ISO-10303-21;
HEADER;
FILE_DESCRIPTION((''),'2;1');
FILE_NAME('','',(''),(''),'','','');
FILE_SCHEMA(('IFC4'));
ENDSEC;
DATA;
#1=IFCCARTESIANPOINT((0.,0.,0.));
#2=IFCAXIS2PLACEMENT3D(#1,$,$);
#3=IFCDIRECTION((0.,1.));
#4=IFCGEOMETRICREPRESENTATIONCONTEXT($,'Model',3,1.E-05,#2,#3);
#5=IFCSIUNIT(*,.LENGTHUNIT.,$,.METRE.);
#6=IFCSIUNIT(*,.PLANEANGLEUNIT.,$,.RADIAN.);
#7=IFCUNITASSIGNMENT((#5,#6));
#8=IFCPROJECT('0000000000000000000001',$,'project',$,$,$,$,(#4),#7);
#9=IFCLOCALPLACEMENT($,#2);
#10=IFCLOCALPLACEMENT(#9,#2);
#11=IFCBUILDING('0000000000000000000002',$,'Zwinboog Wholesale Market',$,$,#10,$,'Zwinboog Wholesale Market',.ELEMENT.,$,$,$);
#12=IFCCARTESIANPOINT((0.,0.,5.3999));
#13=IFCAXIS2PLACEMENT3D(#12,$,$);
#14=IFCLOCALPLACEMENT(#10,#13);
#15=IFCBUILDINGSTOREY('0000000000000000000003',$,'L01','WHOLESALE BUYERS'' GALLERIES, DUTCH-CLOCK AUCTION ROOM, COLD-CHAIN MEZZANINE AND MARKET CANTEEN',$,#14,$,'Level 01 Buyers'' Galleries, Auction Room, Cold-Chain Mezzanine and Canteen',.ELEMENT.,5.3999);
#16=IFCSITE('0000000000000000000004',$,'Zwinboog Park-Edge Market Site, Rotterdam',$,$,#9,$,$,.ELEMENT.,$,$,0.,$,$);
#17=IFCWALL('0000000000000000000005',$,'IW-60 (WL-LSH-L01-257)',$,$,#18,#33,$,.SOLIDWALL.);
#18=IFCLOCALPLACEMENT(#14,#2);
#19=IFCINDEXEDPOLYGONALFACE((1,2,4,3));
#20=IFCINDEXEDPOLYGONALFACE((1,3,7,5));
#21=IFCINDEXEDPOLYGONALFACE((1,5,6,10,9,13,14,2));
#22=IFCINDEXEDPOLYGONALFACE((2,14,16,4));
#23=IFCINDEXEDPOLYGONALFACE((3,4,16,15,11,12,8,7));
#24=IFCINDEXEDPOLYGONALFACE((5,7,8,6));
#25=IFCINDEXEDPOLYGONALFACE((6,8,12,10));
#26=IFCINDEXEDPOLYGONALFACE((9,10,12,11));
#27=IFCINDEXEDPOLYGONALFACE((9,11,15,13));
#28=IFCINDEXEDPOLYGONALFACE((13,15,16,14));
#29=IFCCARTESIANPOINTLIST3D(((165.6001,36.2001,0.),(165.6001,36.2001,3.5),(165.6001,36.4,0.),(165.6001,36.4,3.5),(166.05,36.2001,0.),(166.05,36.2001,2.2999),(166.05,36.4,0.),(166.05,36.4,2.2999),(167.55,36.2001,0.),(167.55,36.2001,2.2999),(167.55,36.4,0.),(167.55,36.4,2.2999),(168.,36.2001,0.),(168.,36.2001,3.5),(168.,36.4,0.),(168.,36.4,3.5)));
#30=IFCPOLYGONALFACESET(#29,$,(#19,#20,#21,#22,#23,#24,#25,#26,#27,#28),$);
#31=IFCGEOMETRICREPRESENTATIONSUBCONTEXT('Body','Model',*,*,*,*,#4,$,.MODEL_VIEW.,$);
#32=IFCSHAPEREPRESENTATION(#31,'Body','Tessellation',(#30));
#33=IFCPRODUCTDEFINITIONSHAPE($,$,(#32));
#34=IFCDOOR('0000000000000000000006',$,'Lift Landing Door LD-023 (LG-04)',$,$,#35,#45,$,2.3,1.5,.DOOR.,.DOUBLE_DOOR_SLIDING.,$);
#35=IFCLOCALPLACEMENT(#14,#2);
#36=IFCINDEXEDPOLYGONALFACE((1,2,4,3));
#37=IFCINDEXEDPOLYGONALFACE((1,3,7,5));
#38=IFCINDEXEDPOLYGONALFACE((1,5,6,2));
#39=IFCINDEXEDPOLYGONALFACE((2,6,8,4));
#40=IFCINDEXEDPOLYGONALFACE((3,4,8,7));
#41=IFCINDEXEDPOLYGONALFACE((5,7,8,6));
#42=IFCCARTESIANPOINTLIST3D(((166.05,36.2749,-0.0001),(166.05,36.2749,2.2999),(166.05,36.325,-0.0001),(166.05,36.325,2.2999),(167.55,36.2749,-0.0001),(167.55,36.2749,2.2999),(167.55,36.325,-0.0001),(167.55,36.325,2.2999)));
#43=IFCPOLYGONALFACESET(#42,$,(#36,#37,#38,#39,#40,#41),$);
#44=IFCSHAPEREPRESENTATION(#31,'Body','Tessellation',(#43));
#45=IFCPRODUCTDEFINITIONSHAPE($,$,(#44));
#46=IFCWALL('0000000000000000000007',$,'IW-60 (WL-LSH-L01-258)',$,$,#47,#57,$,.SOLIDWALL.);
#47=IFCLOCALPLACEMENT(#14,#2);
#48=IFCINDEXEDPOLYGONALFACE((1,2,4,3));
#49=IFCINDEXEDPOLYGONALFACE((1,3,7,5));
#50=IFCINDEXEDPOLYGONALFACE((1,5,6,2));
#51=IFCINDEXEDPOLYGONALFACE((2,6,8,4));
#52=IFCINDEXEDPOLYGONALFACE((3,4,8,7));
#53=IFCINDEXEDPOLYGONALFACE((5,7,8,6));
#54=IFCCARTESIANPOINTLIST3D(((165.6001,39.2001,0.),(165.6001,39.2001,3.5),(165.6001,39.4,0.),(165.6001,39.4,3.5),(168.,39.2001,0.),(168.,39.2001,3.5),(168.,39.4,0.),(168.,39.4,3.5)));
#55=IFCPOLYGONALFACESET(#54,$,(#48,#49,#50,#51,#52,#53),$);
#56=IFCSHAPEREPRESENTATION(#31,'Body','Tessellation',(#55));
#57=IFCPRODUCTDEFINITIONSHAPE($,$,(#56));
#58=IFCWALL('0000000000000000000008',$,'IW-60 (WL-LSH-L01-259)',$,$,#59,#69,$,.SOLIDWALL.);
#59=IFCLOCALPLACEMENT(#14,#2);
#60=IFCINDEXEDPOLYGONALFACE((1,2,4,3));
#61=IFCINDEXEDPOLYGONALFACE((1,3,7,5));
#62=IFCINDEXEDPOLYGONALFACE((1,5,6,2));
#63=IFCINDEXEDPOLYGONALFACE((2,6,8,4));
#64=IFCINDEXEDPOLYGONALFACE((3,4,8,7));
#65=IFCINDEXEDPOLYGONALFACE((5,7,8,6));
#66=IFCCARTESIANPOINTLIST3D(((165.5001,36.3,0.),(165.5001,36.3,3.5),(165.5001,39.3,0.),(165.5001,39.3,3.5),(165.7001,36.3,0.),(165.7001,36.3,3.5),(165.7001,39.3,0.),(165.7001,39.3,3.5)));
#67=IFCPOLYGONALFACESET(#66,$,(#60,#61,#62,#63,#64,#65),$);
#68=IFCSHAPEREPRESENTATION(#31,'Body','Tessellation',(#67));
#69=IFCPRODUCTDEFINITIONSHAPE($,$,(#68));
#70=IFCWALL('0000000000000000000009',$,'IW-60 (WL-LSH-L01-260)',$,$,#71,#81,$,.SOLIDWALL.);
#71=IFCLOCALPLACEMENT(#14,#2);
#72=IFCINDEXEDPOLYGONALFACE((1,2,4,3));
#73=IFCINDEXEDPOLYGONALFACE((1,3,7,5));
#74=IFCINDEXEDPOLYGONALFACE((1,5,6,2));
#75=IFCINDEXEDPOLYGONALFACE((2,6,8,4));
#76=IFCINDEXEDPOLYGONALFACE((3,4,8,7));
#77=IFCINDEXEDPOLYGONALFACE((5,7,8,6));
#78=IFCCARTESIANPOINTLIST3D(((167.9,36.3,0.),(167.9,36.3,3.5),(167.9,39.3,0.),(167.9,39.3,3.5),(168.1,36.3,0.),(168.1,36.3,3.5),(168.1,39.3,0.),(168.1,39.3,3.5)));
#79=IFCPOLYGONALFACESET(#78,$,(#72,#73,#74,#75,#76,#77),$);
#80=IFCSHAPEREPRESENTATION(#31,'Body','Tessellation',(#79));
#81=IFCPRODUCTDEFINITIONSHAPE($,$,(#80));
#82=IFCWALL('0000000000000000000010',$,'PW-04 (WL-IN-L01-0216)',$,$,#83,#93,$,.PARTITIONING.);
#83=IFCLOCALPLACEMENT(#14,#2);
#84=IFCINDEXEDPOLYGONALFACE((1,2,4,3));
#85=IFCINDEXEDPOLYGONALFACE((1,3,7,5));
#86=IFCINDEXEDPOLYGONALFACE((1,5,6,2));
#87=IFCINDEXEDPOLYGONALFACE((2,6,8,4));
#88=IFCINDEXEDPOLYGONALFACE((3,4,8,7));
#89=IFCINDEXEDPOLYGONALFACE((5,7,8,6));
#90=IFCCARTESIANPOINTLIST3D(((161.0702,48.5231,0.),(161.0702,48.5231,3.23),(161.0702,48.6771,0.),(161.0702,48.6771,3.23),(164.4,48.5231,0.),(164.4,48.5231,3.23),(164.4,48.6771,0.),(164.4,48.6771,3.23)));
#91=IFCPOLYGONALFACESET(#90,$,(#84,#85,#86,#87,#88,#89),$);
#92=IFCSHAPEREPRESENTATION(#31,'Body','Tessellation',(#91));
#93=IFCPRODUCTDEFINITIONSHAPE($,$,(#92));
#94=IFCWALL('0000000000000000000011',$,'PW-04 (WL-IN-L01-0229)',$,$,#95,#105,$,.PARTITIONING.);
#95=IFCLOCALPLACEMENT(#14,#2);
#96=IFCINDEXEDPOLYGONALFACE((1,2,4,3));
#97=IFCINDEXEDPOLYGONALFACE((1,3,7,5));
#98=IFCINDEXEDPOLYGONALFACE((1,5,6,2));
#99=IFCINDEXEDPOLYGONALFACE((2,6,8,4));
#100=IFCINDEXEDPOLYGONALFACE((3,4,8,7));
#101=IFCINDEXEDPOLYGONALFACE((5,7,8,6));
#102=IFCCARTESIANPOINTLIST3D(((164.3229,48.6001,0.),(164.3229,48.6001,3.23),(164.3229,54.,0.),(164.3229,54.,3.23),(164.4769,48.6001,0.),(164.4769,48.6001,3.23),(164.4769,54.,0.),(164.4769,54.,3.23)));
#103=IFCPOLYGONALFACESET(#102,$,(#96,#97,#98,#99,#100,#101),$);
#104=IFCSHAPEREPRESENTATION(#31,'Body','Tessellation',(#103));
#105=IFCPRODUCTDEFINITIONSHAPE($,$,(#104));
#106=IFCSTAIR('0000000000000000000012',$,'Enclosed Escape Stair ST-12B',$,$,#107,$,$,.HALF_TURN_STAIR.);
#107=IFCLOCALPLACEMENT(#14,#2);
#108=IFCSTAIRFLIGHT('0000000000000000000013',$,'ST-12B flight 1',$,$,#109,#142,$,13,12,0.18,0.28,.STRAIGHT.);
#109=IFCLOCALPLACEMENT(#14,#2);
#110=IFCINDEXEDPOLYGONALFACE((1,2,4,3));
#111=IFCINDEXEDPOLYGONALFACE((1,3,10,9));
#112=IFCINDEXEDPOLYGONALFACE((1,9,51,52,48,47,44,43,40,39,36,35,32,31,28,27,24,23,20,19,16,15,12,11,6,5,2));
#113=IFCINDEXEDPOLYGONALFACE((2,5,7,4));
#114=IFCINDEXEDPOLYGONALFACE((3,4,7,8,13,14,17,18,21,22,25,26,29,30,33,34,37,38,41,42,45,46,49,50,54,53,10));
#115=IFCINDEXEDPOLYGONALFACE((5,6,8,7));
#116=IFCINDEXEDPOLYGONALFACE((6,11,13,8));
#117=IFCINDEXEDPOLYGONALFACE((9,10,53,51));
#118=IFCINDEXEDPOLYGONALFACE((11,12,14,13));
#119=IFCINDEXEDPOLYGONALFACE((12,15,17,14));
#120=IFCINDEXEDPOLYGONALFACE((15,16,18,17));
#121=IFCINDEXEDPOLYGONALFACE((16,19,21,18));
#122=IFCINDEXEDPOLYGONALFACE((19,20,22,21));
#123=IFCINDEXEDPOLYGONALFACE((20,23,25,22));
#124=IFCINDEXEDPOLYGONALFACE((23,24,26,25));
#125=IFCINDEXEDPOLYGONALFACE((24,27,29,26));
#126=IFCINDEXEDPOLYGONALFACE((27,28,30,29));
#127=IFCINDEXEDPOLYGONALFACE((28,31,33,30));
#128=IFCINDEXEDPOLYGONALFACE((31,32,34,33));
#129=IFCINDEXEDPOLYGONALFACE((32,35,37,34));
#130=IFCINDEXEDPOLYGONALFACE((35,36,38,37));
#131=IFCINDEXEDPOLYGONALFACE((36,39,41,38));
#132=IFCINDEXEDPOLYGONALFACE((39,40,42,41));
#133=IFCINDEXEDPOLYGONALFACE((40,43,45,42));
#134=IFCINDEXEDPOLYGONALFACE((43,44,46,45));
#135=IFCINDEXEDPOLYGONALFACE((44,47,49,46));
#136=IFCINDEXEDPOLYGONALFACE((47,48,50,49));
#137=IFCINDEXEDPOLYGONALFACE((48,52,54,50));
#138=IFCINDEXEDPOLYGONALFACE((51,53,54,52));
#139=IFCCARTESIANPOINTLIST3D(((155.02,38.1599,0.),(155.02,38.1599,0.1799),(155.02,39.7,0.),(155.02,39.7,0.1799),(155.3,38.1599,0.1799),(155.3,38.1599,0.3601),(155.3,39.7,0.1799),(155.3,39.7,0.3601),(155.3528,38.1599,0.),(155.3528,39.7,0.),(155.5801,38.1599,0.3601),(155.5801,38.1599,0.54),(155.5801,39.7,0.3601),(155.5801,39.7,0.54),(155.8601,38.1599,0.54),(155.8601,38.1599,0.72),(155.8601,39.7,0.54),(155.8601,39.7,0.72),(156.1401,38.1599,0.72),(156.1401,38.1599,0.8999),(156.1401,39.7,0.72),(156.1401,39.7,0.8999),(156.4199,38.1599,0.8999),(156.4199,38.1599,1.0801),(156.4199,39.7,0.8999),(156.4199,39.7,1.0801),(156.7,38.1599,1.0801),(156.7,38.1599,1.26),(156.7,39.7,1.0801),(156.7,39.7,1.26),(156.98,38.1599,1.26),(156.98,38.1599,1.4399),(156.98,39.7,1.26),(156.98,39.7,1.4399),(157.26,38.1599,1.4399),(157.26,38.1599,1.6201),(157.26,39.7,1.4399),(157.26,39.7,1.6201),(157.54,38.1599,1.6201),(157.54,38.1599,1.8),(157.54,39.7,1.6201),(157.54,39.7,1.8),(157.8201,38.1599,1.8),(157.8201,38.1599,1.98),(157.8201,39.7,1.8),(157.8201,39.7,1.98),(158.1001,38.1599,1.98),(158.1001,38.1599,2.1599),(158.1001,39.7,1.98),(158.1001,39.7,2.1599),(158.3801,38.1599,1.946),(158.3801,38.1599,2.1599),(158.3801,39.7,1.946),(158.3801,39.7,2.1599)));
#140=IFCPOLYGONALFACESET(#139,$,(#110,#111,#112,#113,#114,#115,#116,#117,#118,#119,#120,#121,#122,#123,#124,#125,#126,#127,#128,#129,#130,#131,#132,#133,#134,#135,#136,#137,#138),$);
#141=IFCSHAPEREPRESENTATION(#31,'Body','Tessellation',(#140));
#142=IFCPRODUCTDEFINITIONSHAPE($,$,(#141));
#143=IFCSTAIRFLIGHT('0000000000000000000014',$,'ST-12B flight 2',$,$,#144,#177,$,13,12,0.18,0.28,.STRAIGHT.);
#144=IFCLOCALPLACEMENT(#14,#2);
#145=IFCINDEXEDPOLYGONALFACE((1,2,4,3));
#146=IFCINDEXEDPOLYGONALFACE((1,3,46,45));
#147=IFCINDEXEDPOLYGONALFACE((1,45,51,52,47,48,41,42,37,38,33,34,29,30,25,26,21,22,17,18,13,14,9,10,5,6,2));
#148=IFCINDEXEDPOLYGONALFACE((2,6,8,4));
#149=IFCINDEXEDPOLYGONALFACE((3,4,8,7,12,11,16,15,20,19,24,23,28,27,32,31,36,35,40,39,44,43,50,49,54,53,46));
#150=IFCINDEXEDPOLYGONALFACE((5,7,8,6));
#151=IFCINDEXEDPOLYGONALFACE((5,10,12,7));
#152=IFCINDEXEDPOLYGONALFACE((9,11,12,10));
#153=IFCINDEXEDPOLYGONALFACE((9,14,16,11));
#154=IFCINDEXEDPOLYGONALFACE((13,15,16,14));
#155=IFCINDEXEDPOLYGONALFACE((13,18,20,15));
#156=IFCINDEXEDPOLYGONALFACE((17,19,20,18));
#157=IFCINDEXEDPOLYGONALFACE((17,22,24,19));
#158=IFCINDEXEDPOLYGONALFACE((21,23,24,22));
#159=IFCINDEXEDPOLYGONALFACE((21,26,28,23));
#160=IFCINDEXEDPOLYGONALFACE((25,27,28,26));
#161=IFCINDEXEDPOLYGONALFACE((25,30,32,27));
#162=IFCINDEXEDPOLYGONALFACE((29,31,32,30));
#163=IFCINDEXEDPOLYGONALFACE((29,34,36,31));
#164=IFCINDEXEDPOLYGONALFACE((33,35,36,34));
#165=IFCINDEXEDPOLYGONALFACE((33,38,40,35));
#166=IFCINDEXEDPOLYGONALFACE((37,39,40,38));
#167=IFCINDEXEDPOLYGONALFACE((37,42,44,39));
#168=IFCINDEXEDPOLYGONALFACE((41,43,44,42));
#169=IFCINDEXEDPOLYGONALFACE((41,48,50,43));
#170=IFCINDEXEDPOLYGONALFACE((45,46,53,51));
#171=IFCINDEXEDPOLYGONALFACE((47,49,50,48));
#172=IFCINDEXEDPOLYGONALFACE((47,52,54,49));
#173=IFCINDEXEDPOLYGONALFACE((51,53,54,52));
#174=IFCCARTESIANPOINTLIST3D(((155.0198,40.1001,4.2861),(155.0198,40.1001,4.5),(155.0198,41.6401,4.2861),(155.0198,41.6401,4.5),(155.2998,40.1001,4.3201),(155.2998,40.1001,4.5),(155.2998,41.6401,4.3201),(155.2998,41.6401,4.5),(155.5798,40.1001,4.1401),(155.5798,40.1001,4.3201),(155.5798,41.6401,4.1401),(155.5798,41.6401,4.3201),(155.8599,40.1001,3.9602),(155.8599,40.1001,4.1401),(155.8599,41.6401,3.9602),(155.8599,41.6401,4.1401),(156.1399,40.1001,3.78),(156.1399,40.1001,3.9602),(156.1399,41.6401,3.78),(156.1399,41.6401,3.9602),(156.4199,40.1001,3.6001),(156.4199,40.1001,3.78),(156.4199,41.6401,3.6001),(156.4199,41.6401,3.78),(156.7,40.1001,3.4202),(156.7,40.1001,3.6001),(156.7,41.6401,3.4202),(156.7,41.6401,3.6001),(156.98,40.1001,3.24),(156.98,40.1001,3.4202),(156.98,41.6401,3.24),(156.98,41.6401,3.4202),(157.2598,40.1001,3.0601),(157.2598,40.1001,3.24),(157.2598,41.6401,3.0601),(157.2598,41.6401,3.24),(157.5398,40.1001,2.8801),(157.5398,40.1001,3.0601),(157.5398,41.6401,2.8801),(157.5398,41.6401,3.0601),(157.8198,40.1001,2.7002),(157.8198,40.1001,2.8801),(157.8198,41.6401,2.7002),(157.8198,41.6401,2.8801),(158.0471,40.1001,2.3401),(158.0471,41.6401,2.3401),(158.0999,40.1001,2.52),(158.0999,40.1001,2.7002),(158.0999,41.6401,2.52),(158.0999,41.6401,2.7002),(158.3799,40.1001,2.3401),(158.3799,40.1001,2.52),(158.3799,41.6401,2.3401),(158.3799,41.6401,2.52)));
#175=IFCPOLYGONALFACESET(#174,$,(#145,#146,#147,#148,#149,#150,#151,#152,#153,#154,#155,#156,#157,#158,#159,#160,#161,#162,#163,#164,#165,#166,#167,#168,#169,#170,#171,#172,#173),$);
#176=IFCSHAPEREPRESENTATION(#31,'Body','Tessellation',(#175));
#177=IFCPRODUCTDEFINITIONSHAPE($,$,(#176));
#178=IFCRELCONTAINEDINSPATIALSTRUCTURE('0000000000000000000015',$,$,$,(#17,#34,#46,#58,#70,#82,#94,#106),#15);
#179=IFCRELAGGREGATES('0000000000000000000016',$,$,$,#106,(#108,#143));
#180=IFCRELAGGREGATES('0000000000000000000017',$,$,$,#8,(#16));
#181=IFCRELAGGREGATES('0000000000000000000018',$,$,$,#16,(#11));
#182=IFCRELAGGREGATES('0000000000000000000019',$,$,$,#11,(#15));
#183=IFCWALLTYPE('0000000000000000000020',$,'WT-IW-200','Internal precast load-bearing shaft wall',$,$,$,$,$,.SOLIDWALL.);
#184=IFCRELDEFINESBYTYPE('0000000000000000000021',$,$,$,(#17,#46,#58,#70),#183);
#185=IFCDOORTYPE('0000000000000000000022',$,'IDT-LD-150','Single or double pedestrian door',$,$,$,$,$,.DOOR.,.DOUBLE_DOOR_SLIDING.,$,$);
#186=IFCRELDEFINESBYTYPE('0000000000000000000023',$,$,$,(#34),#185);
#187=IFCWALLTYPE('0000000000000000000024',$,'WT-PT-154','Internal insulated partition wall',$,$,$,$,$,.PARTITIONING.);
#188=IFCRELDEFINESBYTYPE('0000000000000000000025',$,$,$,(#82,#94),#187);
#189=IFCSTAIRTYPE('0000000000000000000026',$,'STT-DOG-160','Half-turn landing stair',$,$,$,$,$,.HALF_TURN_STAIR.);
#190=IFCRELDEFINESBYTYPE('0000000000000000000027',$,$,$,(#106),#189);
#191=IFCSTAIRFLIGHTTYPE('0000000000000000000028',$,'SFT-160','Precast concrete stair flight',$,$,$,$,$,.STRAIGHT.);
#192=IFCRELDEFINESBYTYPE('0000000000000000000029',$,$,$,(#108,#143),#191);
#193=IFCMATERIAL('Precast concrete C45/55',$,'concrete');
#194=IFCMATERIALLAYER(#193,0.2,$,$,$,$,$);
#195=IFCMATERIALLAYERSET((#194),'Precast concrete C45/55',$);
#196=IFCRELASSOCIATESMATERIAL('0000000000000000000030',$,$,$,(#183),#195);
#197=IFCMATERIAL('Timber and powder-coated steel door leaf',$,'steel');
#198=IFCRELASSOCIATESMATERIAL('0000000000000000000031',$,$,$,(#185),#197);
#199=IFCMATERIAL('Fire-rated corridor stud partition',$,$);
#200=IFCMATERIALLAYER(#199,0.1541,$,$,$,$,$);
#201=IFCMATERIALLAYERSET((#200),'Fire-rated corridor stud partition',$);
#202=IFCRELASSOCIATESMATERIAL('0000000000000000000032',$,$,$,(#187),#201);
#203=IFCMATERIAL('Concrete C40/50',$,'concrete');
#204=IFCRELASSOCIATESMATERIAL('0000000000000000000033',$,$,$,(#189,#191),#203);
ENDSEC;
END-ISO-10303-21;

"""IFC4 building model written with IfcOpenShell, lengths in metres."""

from ifc_helpers import new_model, si_unit, direction, frame, frame_2d, origin, place, context, subcontext, project, spatial, polyline, rectangle, outline, extrude, material, layer, layer_set, type_object, element, fill, aggregate, save


model = new_model("IFC4")

# Units and contexts
model_context = context("Model", 3, precision=1e-05, world=origin(), true_north=direction((0.0, 1.0)))
body_context = subcontext(model_context, "Body", "Model", "MODEL_VIEW")
ifc_project = project(units=[si_unit("LENGTHUNIT", "METRE"), si_unit("PLANEANGLEUNIT", "RADIAN")], contexts=[model_context])

# Site, building, storey
site_placement = place(None, origin())
site = spatial("IfcSite", under=ifc_project, at=site_placement, Name="Zwinboog Park-Edge Market Site, Rotterdam", CompositionType="ELEMENT", RefElevation=0.0)
building_placement = place(site_placement, origin())
building = spatial("IfcBuilding", under=site, at=building_placement, Name="Zwinboog Wholesale Market", LongName="Zwinboog Wholesale Market", CompositionType="ELEMENT")
storey_placement = place(building_placement, frame((0.0, 0.0, 5.3999)))
storey = spatial("IfcBuildingStorey", under=building, at=storey_placement, Name="L01", Description="WHOLESALE BUYERS' GALLERIES, DUTCH-CLOCK AUCTION ROOM, COLD-CHAIN MEZZANINE AND MARKET CANTEEN", LongName="Level 01 Buyers' Galleries, Auction Room, Cold-Chain Mezzanine and Canteen", CompositionType="ELEMENT", Elevation=5.3999)

# Shared definitions
ifc_material_1 = material(Name="Precast concrete C45/55", Category="concrete")

# Shared definitions
ifc_material_2 = material(Name="Concrete C40/50", Category="concrete")

# Shared definitions
ifc_material_3 = material(Name="Timber and powder-coated steel door leaf", Category="steel")

# Wall, opening, door
ifc_layer_1 = layer(ifc_material_1, 0.2)
ifc_layer_set_1 = layer_set([ifc_layer_1], Name="Precast concrete C45/55")
wall_type_1 = type_object("IfcWallType", Name="WT-IW-200", Description="Internal precast load-bearing shaft wall", PredefinedType="SOLIDWALL", material=ifc_layer_set_1)
wall_1_placement = place(storey_placement, frame((165.6001, 36.3, 0.0), z_axis=(0.0, 0.0, 1.0), x_axis=(1.0, 0.0, 0.0)))
wall_1 = element("IfcWall", 1, at=wall_1_placement, inside=storey, type_object=wall_type_1, Name="IW-60 (WL-LSH-L01-257)", PredefinedType="SOLIDWALL", context=body_context, shape_type="SweptSolid", body=[
    extrude(rectangle(XDim=2.3999, YDim=0.2, at=frame_2d((1.2, 0.0))), origin(), (0.0, 0.0, 1.0), 3.5),
])
opening_1_placement = place(wall_1_placement, frame((0.45, 0.0, 0.0)))
opening_1 = element("IfcOpeningElement", 2, at=opening_1_placement, cuts=wall_1, PredefinedType="OPENING", context=body_context, shape_type="SweptSolid", body=[
    extrude(rectangle(XDim=1.5, YDim=2.3, at=frame_2d((0.75, 1.1499))), frame((0.0, 0.1099, 0.0), z_axis=(0.0, -1.0, 0.0), x_axis=(1.0, 0.0, 0.0)), (0.0, 0.0, 1.0), 0.22),
])
door_type_1 = type_object("IfcDoorType", Name="IDT-LD-150", Description="Single or double pedestrian door", OperationType="DOUBLE_DOOR_SLIDING", PredefinedType="DOOR", material=ifc_material_3)
door_1_placement = place(opening_1_placement, origin())
door_1 = element("IfcDoor", 3, at=door_1_placement, inside=storey, type_object=door_type_1, Name="Lift Landing Door LD-023 (LG-04)", OperationType="DOUBLE_DOOR_SLIDING", OverallHeight=2.3, OverallWidth=1.5, PredefinedType="DOOR", context=body_context, shape_type="SweptSolid", body=[
    extrude(rectangle(XDim=1.5, YDim=2.3, at=frame_2d((0.75, 1.1499))), frame((0.0, 0.0249, 0.0), z_axis=(0.0, -1.0, 0.0), x_axis=(1.0, 0.0, 0.0)), (0.0, 0.0, 1.0), 0.05),
])
fill(opening_1, door_1)

# Walls
wall_2_placement = place(storey_placement, frame((165.6001, 39.3, 0.0), z_axis=(0.0, 0.0, 1.0), x_axis=(1.0, 0.0, 0.0)))
element("IfcWall", 4, at=wall_2_placement, inside=storey, type_object=wall_type_1, Name="IW-60 (WL-LSH-L01-258)", PredefinedType="SOLIDWALL", context=body_context, shape_type="SweptSolid", body=[
    extrude(rectangle(XDim=2.3999, YDim=0.2, at=frame_2d((1.2, 0.0))), origin(), (0.0, 0.0, 1.0), 3.5),
])
for number, where, z_axis, x_axis, name in (
    (5, (165.6001, 36.3, 0.0), (0.0, 0.0, 1.0), (0.0, 1.0, 0.0), "IW-60 (WL-LSH-L01-259)"),
    (6, (168.0, 36.3, 0.0), (0.0, 0.0, 1.0), (0.0, 1.0, 0.0), "IW-60 (WL-LSH-L01-260)"),
):
    element("IfcWall", number, at=place(storey_placement, frame(where, z_axis=z_axis, x_axis=x_axis)), inside=storey, type_object=wall_type_1, Name=name, PredefinedType="SOLIDWALL", context=body_context, shape_type="SweptSolid", body=[
        extrude(rectangle(XDim=3.0, YDim=0.2, at=frame_2d((1.5, 0.0))), origin(), (0.0, 0.0, 1.0), 3.5),
    ])
ifc_material_4 = material(Name="Fire-rated corridor stud partition")
ifc_layer_2 = layer(ifc_material_4, 0.1541)
ifc_layer_set_2 = layer_set([ifc_layer_2], Name="Fire-rated corridor stud partition")
wall_type_2 = type_object("IfcWallType", Name="WT-PT-154", Description="Internal insulated partition wall", PredefinedType="PARTITIONING", material=ifc_layer_set_2)
wall_3_placement = place(storey_placement, frame((161.0701, 48.6001, 0.0), z_axis=(0.0, 0.0, 1.0), x_axis=(1.0, 0.0, 0.0)))
element("IfcWall", 7, at=wall_3_placement, inside=storey, type_object=wall_type_2, Name="PW-04 (WL-IN-L01-0216)", PredefinedType="PARTITIONING", context=body_context, shape_type="SweptSolid", body=[
    extrude(rectangle(XDim=3.3298, YDim=0.1541, at=frame_2d((1.665, 0.0))), origin(), (0.0, 0.0, 1.0), 3.23),
])
wall_4_placement = place(storey_placement, frame((164.3999, 48.6001, 0.0), z_axis=(0.0, 0.0, 1.0), x_axis=(0.0, 1.0, 0.0)))
element("IfcWall", 8, at=wall_4_placement, inside=storey, type_object=wall_type_2, Name="PW-04 (WL-IN-L01-0229)", PredefinedType="PARTITIONING", context=body_context, shape_type="SweptSolid", body=[
    extrude(rectangle(XDim=5.3999, YDim=0.1541, at=frame_2d((2.7, 0.0))), origin(), (0.0, 0.0, 1.0), 3.23),
])

# Stair, stair flights
stair_type = type_object("IfcStairType", Name="STT-DOG-160", Description="Half-turn landing stair", PredefinedType="HALF_TURN_STAIR", material=ifc_material_2)
stair_placement = place(storey_placement, origin())
stair = element("IfcStair", 9, at=stair_placement, inside=storey, type_object=stair_type, Name="Enclosed Escape Stair ST-12B", PredefinedType="HALF_TURN_STAIR")
stair_flight_type = type_object("IfcStairFlightType", Name="SFT-160", Description="Precast concrete stair flight", PredefinedType="STRAIGHT", material=ifc_material_2)
stair_flight_1_placement = place(storey_placement, frame((155.02, 38.9299, 0.0), z_axis=(0.0, 0.0, 1.0), x_axis=(1.0, 0.0, 0.0)))
stair_flight_1 = element("IfcStairFlight", 10, at=stair_flight_1_placement, type_object=stair_flight_type, Name="ST-12B flight 1", NumberOfRisers=13, NumberOfTreads=12, PredefinedType="STRAIGHT", RiserHeight=0.18, TreadLength=0.28, context=body_context, shape_type="SweptSolid", body=[
    extrude(outline(polyline([(0.0, 0.0), (0.0, 0.1799), (0.28, 0.1799), (0.28, 0.3601), (0.5601, 0.3601), (0.5601, 0.54), (0.8401, 0.54), (0.8401, 0.72), (1.1201, 0.72), (1.1201, 0.8999), (1.3999, 0.8999), (1.3999, 1.0801), (1.6799, 1.0801), (1.6799, 1.26), (1.96, 1.26), (1.96, 1.4399), (2.24, 1.4399), (2.24, 1.6201), (2.52, 1.6201), (2.52, 1.8), (2.8, 1.8), (2.8, 1.98), (3.0801, 1.98), (3.0801, 2.1599), (3.3601, 2.1599), (3.3601, 2.3401), (3.3601, 1.946), (0.3328, 0.0), (0.0, 0.0)])), frame((0.0, 0.77, 0.0), z_axis=(0.0, -1.0, 0.0), x_axis=(1.0, 0.0, 0.0)), (0.0, 0.0, 1.0), 1.54),
])
stair_flight_2_placement = place(storey_placement, frame((158.3799, 40.8701, 2.3401), z_axis=(0.0, 0.0, 1.0), x_axis=(-1.0, 0.0, 0.0)))
stair_flight_2 = element("IfcStairFlight", 11, at=stair_flight_2_placement, type_object=stair_flight_type, Name="ST-12B flight 2", NumberOfRisers=13, NumberOfTreads=12, PredefinedType="STRAIGHT", RiserHeight=0.18, TreadLength=0.28, context=body_context, shape_type="SweptSolid", body=[
    extrude(outline(polyline([(0.0, 0.0), (0.0, 0.1799), (0.28, 0.1799), (0.28, 0.3601), (0.5601, 0.3601), (0.5601, 0.54), (0.8401, 0.54), (0.8401, 0.72), (1.1201, 0.72), (1.1201, 0.8999), (1.3999, 0.8999), (1.3999, 1.0801), (1.6799, 1.0801), (1.6799, 1.26), (1.96, 1.26), (1.96, 1.4399), (2.24, 1.4399), (2.24, 1.6201), (2.52, 1.6201), (2.52, 1.8), (2.8, 1.8), (2.8, 1.98), (3.0801, 1.98), (3.0801, 2.1599), (3.3601, 2.1599), (3.3601, 2.3401), (3.3601, 1.946), (0.3328, 0.0), (0.0, 0.0)])), frame((0.0, 0.77, 0.0), z_axis=(0.0, -1.0, 0.0), x_axis=(1.0, 0.0, 0.0)), (0.0, 0.0, 1.0), 1.54),
])
aggregate(stair, [stair_flight_1, stair_flight_2])

save(model, "model.ifc")
